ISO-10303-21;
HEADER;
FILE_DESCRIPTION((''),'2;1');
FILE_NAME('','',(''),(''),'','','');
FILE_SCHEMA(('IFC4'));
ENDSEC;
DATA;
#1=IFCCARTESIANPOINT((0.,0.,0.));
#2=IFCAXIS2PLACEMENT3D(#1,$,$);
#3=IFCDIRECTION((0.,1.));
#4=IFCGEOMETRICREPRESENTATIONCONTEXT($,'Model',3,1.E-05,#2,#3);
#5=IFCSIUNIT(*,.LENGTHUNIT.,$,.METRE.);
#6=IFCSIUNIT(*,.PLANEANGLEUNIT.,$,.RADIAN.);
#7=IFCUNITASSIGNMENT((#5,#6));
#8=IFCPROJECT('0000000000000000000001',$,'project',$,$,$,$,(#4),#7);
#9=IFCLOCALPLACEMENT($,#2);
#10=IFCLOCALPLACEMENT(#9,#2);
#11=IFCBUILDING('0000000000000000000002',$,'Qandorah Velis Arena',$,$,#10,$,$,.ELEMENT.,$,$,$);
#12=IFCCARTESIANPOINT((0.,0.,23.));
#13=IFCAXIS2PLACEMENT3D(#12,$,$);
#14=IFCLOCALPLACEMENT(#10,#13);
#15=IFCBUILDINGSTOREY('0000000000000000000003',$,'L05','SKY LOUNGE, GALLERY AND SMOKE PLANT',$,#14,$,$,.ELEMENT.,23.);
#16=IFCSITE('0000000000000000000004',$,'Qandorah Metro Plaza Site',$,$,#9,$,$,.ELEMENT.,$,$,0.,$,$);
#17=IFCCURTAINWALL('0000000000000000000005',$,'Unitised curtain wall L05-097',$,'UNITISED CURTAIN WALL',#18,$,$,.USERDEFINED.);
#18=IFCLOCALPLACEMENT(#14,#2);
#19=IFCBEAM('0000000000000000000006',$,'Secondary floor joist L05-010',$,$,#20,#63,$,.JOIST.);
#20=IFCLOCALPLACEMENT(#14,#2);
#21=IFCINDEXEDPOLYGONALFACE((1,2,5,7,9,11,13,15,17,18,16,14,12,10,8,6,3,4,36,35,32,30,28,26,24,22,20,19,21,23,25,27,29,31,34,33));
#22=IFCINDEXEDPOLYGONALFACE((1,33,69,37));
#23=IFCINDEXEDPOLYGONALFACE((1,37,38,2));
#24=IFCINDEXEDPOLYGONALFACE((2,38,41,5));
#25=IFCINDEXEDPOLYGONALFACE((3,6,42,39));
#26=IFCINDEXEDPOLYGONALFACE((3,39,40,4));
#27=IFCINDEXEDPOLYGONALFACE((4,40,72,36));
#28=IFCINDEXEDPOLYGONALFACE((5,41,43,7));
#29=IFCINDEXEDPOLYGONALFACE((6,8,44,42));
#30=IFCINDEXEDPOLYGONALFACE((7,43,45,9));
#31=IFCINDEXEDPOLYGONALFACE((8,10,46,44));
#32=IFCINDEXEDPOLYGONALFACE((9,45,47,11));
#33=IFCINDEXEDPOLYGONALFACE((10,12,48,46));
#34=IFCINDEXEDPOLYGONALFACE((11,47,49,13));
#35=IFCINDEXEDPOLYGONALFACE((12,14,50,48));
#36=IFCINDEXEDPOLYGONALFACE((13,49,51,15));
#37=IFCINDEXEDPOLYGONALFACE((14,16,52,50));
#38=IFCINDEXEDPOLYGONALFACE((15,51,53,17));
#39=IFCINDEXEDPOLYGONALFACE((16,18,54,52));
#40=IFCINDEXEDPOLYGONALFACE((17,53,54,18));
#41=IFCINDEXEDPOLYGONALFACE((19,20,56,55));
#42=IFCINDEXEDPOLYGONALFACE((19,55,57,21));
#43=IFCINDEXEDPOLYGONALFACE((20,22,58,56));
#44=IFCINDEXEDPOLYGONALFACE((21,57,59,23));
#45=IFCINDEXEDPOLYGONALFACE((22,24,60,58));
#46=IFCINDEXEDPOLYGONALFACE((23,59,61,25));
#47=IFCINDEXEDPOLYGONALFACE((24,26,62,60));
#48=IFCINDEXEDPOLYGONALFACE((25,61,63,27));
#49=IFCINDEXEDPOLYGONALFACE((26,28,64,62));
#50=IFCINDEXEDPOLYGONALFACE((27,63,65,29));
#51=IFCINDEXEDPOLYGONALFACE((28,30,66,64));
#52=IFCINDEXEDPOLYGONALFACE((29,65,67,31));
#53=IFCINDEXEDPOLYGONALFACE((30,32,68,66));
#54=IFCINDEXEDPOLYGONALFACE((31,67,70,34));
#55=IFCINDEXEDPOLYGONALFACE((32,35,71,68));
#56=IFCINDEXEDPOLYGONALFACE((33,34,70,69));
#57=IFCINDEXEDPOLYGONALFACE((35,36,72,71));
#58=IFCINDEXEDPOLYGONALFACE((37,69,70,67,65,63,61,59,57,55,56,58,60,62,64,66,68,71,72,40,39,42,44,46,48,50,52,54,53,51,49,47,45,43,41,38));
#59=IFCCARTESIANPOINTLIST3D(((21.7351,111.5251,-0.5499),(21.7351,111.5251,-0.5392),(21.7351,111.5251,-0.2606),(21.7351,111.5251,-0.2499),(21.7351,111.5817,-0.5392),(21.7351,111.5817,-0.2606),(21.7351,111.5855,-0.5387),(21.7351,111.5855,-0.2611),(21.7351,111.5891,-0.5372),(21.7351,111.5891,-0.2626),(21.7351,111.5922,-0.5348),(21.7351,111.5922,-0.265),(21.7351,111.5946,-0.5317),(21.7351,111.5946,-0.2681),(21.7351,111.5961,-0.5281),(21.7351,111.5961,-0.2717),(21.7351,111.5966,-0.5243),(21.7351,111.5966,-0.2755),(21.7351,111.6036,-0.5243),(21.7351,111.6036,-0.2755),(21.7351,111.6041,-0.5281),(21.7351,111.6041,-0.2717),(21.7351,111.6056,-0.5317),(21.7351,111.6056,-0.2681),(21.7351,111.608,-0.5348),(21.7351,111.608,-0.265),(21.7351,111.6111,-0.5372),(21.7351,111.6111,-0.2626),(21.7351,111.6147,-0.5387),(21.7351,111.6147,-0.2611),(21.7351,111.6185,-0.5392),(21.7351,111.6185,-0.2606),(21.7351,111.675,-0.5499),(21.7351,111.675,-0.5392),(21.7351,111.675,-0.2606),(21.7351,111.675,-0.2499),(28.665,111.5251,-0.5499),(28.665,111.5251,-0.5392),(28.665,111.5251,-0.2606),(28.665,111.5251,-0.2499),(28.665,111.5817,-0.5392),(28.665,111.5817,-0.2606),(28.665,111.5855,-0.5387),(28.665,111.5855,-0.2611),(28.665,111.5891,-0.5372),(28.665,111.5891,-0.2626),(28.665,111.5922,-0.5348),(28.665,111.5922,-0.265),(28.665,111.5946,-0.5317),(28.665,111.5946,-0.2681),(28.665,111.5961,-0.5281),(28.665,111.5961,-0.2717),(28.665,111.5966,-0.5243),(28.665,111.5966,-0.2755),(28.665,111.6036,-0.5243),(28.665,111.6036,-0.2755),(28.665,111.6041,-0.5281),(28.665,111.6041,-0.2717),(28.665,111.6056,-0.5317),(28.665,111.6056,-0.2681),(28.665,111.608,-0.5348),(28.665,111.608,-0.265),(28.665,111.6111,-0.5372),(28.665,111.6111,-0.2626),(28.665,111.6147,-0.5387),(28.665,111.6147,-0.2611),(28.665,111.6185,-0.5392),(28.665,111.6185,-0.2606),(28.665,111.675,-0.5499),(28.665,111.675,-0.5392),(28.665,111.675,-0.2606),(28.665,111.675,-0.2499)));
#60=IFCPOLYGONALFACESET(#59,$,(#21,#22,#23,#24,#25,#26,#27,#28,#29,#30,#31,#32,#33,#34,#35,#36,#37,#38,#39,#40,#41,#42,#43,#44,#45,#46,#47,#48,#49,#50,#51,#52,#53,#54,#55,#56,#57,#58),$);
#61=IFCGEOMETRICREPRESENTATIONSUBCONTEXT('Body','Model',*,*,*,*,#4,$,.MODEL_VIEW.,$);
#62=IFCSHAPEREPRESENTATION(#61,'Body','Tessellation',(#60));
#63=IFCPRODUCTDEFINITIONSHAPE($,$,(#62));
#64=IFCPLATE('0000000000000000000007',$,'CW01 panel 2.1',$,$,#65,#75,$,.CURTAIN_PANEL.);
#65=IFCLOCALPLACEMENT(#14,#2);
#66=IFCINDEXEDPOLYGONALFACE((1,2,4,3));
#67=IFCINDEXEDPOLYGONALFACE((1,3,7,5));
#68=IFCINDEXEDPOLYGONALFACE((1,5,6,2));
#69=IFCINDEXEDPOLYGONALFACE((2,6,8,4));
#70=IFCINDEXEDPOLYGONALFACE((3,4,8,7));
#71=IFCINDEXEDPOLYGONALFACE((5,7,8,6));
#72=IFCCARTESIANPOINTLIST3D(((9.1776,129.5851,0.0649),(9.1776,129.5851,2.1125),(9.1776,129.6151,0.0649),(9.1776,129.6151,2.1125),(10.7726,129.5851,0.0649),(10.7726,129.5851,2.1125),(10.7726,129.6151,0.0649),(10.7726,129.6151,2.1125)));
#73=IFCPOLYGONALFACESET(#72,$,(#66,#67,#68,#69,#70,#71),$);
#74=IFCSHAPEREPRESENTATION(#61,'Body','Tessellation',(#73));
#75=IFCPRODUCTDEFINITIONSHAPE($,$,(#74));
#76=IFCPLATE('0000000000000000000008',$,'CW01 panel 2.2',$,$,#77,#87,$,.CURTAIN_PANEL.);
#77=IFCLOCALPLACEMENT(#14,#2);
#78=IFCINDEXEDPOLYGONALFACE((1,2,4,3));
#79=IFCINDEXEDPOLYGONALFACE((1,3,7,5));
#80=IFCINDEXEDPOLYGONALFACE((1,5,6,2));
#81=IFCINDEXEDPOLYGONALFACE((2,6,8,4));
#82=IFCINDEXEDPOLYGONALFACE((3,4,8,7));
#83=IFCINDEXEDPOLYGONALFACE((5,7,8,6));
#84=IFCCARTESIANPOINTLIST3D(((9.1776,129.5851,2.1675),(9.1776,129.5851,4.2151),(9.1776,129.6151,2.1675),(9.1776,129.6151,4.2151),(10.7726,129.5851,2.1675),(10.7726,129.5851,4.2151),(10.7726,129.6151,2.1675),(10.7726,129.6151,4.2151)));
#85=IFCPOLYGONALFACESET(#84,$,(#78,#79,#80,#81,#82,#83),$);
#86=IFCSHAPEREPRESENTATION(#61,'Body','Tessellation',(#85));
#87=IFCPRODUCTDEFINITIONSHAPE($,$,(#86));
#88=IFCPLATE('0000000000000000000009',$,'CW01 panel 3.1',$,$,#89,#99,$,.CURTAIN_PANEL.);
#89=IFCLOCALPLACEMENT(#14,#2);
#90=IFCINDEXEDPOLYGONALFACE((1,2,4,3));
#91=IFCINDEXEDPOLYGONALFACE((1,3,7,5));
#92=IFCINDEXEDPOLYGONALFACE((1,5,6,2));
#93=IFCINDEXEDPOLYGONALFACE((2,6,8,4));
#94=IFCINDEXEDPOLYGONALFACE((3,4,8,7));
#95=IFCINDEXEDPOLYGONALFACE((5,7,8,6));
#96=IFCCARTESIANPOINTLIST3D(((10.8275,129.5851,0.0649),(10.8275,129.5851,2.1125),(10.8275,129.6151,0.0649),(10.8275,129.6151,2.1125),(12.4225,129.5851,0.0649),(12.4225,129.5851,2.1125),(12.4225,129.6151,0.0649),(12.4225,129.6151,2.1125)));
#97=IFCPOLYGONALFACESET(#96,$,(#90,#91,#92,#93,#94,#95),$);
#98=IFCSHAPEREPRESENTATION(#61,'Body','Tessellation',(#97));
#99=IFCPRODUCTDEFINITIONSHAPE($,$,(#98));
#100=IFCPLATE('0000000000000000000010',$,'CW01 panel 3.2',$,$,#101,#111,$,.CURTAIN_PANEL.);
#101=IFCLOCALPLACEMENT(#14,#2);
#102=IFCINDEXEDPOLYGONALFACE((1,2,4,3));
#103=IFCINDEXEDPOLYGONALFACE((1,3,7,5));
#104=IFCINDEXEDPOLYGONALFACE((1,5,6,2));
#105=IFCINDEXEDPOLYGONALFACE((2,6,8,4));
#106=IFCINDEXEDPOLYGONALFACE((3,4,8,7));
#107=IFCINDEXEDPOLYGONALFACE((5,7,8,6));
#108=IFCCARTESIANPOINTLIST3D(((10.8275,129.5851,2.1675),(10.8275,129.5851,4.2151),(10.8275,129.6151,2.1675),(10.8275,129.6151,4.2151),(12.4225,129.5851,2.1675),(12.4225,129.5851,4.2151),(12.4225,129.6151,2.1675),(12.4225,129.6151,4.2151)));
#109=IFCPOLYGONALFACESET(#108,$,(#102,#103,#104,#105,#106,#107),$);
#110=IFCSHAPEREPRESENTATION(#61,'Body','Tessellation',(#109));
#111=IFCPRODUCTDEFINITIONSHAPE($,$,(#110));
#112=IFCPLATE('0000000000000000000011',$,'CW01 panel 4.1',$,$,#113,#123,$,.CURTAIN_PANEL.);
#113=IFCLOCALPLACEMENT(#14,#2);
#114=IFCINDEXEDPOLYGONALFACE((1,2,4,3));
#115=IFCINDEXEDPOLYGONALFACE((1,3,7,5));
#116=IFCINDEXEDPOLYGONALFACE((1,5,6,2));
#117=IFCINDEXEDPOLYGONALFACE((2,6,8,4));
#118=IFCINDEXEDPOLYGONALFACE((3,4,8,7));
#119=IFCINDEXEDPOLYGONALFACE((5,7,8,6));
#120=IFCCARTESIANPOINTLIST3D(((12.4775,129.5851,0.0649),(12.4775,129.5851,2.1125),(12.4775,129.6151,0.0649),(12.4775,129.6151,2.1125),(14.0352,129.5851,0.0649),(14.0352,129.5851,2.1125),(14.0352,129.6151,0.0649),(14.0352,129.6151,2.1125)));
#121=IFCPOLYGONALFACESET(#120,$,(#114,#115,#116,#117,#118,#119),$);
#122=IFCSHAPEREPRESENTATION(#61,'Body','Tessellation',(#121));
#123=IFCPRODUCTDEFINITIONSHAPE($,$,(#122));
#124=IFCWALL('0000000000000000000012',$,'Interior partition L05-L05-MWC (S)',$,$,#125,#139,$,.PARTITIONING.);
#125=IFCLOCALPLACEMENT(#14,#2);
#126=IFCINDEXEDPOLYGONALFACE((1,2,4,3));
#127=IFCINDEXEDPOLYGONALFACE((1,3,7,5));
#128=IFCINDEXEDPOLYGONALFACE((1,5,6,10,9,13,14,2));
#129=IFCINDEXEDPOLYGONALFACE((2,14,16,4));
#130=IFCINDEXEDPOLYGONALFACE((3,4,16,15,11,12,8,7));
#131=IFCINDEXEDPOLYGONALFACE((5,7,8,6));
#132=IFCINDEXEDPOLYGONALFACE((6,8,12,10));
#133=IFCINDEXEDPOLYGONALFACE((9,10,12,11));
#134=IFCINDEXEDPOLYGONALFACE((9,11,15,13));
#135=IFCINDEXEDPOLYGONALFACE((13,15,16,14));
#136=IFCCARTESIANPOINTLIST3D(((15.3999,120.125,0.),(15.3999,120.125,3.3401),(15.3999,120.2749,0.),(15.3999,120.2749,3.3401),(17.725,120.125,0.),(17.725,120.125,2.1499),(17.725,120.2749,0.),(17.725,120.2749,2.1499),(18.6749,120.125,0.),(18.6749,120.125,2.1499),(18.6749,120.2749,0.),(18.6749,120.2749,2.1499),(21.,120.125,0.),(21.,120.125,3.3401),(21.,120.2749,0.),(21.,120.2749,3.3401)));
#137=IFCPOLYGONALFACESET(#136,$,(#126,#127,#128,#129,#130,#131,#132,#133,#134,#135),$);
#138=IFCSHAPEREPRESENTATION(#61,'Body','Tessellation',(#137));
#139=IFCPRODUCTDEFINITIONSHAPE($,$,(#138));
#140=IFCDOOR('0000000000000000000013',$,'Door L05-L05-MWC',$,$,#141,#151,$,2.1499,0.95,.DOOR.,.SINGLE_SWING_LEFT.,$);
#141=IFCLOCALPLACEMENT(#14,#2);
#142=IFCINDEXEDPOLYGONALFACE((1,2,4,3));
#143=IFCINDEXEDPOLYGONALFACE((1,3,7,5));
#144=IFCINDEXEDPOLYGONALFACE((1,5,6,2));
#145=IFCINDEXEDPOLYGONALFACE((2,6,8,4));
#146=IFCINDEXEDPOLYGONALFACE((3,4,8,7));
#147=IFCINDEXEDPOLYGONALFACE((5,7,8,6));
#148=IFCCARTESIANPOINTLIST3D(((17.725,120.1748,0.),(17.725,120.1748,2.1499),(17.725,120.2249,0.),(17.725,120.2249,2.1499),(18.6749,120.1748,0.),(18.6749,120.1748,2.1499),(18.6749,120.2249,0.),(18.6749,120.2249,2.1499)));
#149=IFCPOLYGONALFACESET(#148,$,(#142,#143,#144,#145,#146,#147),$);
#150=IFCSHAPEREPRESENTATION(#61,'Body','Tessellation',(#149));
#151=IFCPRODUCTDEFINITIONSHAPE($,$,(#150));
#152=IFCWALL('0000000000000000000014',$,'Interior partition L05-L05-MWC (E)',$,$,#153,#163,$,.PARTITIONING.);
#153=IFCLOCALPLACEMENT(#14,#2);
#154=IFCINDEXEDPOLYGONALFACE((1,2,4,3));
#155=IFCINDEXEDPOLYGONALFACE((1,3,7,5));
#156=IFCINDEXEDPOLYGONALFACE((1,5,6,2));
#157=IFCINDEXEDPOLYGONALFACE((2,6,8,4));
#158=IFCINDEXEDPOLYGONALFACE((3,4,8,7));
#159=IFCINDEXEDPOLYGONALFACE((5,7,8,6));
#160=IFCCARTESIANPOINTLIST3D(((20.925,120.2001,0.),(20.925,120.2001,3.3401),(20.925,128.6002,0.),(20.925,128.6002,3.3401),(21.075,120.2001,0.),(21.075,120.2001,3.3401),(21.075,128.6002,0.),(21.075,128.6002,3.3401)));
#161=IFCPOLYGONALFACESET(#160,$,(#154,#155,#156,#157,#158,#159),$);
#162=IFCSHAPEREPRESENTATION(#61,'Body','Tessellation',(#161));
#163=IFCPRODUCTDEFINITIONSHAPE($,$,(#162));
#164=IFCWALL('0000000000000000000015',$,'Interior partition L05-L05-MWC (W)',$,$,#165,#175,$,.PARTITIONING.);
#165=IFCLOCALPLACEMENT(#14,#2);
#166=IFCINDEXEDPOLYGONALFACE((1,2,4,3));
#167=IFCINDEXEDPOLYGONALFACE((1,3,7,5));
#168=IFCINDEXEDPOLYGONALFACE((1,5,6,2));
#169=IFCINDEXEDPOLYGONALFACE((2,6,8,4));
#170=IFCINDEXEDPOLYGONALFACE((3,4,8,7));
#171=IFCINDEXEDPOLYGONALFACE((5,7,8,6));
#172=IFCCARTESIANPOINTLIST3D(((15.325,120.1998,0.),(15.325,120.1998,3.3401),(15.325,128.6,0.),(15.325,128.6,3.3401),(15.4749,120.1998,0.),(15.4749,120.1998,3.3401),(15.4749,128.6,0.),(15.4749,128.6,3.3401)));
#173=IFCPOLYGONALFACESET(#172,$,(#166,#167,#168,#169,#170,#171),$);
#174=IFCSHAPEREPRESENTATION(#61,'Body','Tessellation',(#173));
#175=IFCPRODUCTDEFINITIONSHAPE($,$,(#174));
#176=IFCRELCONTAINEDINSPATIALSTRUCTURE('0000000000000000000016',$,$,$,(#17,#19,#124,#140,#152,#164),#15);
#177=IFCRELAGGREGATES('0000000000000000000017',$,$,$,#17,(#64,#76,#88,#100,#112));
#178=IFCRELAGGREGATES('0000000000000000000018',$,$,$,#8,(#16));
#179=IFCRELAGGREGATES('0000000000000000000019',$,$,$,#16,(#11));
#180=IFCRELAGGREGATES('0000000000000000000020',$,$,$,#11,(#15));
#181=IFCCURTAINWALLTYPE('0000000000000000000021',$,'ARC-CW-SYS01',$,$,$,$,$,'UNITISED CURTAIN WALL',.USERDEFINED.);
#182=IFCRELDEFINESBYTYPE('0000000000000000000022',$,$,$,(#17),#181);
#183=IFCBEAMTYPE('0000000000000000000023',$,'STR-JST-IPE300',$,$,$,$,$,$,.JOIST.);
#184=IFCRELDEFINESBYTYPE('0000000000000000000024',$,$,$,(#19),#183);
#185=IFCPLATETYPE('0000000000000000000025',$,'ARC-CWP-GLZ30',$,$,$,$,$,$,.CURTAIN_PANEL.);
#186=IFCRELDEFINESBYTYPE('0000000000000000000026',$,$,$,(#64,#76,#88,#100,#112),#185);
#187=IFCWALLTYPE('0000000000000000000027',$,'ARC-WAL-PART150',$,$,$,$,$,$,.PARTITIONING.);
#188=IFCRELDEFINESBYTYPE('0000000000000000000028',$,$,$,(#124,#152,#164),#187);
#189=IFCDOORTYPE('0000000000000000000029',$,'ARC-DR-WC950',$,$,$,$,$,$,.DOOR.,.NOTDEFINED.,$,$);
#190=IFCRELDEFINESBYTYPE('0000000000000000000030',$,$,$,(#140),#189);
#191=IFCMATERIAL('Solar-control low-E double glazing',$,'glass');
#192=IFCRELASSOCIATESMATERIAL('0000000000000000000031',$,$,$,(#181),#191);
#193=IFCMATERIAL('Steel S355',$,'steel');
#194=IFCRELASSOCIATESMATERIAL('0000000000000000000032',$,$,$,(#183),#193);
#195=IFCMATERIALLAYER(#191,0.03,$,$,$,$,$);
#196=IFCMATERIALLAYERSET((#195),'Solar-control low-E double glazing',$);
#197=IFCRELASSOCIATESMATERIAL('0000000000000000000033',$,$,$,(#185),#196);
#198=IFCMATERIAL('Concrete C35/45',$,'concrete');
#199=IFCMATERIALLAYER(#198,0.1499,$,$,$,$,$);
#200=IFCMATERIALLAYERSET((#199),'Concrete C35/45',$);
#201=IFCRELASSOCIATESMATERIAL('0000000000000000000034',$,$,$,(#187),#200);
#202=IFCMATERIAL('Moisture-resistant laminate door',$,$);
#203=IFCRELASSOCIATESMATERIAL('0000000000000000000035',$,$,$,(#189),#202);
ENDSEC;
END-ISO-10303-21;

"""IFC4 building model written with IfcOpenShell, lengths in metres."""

from ifc_helpers import new_model, si_unit, direction, frame, frame_2d, origin, origin_2d, place, context, subcontext, project, spatial, rectangle, i_section, extrude, material, layer, layer_set, material_profile, profile_set, type_object, element, fill, aggregate, save


model = new_model("IFC4")

# Units and contexts
model_context = context("Model", 3, precision=1e-05, world=origin(), true_north=direction((0.0, 1.0)))
body_context = subcontext(model_context, "Body", "Model", "MODEL_VIEW")
ifc_project = project(units=[si_unit("LENGTHUNIT", "METRE"), si_unit("PLANEANGLEUNIT", "RADIAN")], contexts=[model_context])

# Site, building, storey
site_placement = place(None, origin())
site = spatial("IfcSite", under=ifc_project, at=site_placement, Name="Qandorah Metro Plaza Site", CompositionType="ELEMENT", RefElevation=0.0)
building_placement = place(site_placement, origin())
building = spatial("IfcBuilding", under=site, at=building_placement, Name="Qandorah Velis Arena", CompositionType="ELEMENT")
storey_placement = place(building_placement, frame((0.0, 0.0, 23.0)))
storey = spatial("IfcBuildingStorey", under=building, at=storey_placement, Name="L05", Description="SKY LOUNGE, GALLERY AND SMOKE PLANT", CompositionType="ELEMENT", Elevation=23.0)

# Curtain wall
ifc_material_1 = material(Name="Solar-control low-E double glazing", Category="glass")
curtain_wall_type = type_object("IfcCurtainWallType", Name="ARC-CW-SYS01", ElementType="UNITISED CURTAIN WALL", PredefinedType="USERDEFINED", material=ifc_material_1)
curtain_wall_placement = place(storey_placement, origin())
curtain_wall = element("IfcCurtainWall", 1, at=curtain_wall_placement, inside=storey, type_object=curtain_wall_type, Name="Unitised curtain wall L05-097", ObjectType="UNITISED CURTAIN WALL", PredefinedType="USERDEFINED")

# Beam
ifc_material_2 = material(Name="Steel S355", Category="steel")
ifc_material_profile_1 = material_profile(ifc_material_2, i_section(OverallWidth=0.1499, OverallDepth=0.3, WebThickness=0.0071, FlangeThickness=0.0107, FilletRadius=0.0149, at=origin_2d()), Name="IPE 300")
ifc_profile_set_1 = profile_set([ifc_material_profile_1], Name="Steel S355")
beam_type_1 = type_object("IfcBeamType", Name="STR-JST-IPE300", PredefinedType="JOIST", material=ifc_profile_set_1)
beam_1_placement = place(storey_placement, frame((21.7351, 111.6001, -0.3999), z_axis=(1.0, 0.0, 0.0), x_axis=(0.0, 1.0, 0.0)))
element("IfcBeam", 2, at=beam_1_placement, inside=storey, type_object=beam_type_1, Name="Secondary floor joist L05-010", PredefinedType="JOIST", context=body_context, shape_type="SweptSolid", body=[
    extrude(i_section(OverallWidth=0.1499, OverallDepth=0.3, WebThickness=0.0071, FlangeThickness=0.0107, FilletRadius=0.0149, at=origin_2d()), origin(), (0.0, 0.0, 1.0), 6.9299),
])

# Plates
ifc_layer_1 = layer(ifc_material_1, 0.03)
ifc_layer_set_1 = layer_set([ifc_layer_1], Name="Solar-control low-E double glazing")
plate_type = type_object("IfcPlateType", Name="ARC-CWP-GLZ30", PredefinedType="CURTAIN_PANEL", material=ifc_layer_set_1)
plate_1_placement = place(storey_placement, frame((9.9751, 129.6001, 0.0649), z_axis=(0.0, 0.0, 1.0), x_axis=(1.0, 0.0, 0.0)))
plate_1 = element("IfcPlate", 3, at=plate_1_placement, type_object=plate_type, Name="CW01 panel 2.1", PredefinedType="CURTAIN_PANEL", context=body_context, shape_type="SweptSolid", body=[
    extrude(rectangle(XDim=1.595, YDim=0.03, at=origin_2d()), origin(), (0.0, 0.0, 1.0), 2.0476),
])
plate_2_placement = place(storey_placement, frame((9.9751, 129.6001, 2.1675), z_axis=(0.0, 0.0, 1.0), x_axis=(1.0, 0.0, 0.0)))
plate_2 = element("IfcPlate", 4, at=plate_2_placement, type_object=plate_type, Name="CW01 panel 2.2", PredefinedType="CURTAIN_PANEL", context=body_context, shape_type="SweptSolid", body=[
    extrude(rectangle(XDim=1.595, YDim=0.03, at=origin_2d()), origin(), (0.0, 0.0, 1.0), 2.0476),
])
plate_3_placement = place(storey_placement, frame((11.625, 129.6001, 0.0649), z_axis=(0.0, 0.0, 1.0), x_axis=(1.0, 0.0, 0.0)))
plate_3 = element("IfcPlate", 5, at=plate_3_placement, type_object=plate_type, Name="CW01 panel 3.1", PredefinedType="CURTAIN_PANEL", context=body_context, shape_type="SweptSolid", body=[
    extrude(rectangle(XDim=1.595, YDim=0.03, at=origin_2d()), origin(), (0.0, 0.0, 1.0), 2.0476),
])
plate_4_placement = place(storey_placement, frame((11.625, 129.6001, 2.1675), z_axis=(0.0, 0.0, 1.0), x_axis=(1.0, 0.0, 0.0)))
plate_4 = element("IfcPlate", 6, at=plate_4_placement, type_object=plate_type, Name="CW01 panel 3.2", PredefinedType="CURTAIN_PANEL", context=body_context, shape_type="SweptSolid", body=[
    extrude(rectangle(XDim=1.595, YDim=0.03, at=origin_2d()), origin(), (0.0, 0.0, 1.0), 2.0476),
])
plate_5_placement = place(storey_placement, frame((13.2563, 129.6001, 0.0649), z_axis=(0.0, 0.0, 1.0), x_axis=(1.0, 0.0, 0.0)))
plate_5 = element("IfcPlate", 7, at=plate_5_placement, type_object=plate_type, Name="CW01 panel 4.1", PredefinedType="CURTAIN_PANEL", context=body_context, shape_type="SweptSolid", body=[
    extrude(rectangle(XDim=1.5576, YDim=0.03, at=origin_2d()), origin(), (0.0, 0.0, 1.0), 2.0476),
])
aggregate(curtain_wall, [plate_1, plate_2, plate_3, plate_4, plate_5])

# Wall, opening, door
ifc_material_3 = material(Name="Concrete C35/45", Category="concrete")
ifc_layer_2 = layer(ifc_material_3, 0.1499)
ifc_layer_set_2 = layer_set([ifc_layer_2], Name="Concrete C35/45")
wall_type = type_object("IfcWallType", Name="ARC-WAL-PART150", PredefinedType="PARTITIONING", material=ifc_layer_set_2)
wall_placement = place(storey_placement, frame((15.3999, 120.2, 0.0), z_axis=(0.0, 0.0, 1.0), x_axis=(1.0, 0.0, 0.0)))
wall = element("IfcWall", 8, at=wall_placement, inside=storey, type_object=wall_type, Name="Interior partition L05-L05-MWC (S)", PredefinedType="PARTITIONING", context=body_context, shape_type="SweptSolid", body=[
    extrude(rectangle(XDim=5.6001, YDim=0.1499, at=frame_2d((2.8, 0.0))), origin(), (0.0, 0.0, 1.0), 3.3401),
])
opening_placement = place(wall_placement, frame((2.325, 0.0, 0.0)))
opening = element("IfcOpeningElement", 9, at=opening_placement, cuts=wall, PredefinedType="OPENING", context=body_context, shape_type="SweptSolid", body=[
    extrude(rectangle(XDim=0.95, YDim=2.1499, at=frame_2d((0.4751, 1.075))), frame((0.0, 0.085, 0.0), z_axis=(0.0, -1.0, 0.0), x_axis=(1.0, 0.0, 0.0)), (0.0, 0.0, 1.0), 0.1699),
])
ifc_material_4 = material(Name="Moisture-resistant laminate door")
door_type = type_object("IfcDoorType", Name="ARC-DR-WC950", OperationType="NOTDEFINED", PredefinedType="DOOR", material=ifc_material_4)
door_placement = place(opening_placement, origin())
door = element("IfcDoor", 10, at=door_placement, inside=storey, type_object=door_type, Name="Door L05-L05-MWC", OperationType="SINGLE_SWING_LEFT", OverallHeight=2.1499, OverallWidth=0.95, PredefinedType="DOOR", context=body_context, shape_type="SweptSolid", body=[
    extrude(rectangle(XDim=0.95, YDim=2.1499, at=frame_2d((0.4751, 1.075))), frame((0.0, 0.0249, 0.0), z_axis=(0.0, -1.0, 0.0), x_axis=(1.0, 0.0, 0.0)), (0.0, 0.0, 1.0), 0.05),
])
fill(opening, door)

# Walls
for number, where, z_axis, x_axis, name in (
    (11, (21.0, 120.2, 0.0), (0.0, 0.0, 1.0), (0.0, 1.0, 0.0), "Interior partition L05-L05-MWC (E)"),
    (12, (15.3999, 128.6001, 0.0), (0.0, 0.0, 1.0), (0.0, -1.0, 0.0), "Interior partition L05-L05-MWC (W)"),
):
    element("IfcWall", number, at=place(storey_placement, frame(where, z_axis=z_axis, x_axis=x_axis)), inside=storey, type_object=wall_type, Name=name, PredefinedType="PARTITIONING", context=body_context, shape_type="SweptSolid", body=[
        extrude(rectangle(XDim=8.4001, YDim=0.1499, at=frame_2d((4.2002, 0.0))), origin(), (0.0, 0.0, 1.0), 3.3401),
    ])

save(model, "model.ifc")
